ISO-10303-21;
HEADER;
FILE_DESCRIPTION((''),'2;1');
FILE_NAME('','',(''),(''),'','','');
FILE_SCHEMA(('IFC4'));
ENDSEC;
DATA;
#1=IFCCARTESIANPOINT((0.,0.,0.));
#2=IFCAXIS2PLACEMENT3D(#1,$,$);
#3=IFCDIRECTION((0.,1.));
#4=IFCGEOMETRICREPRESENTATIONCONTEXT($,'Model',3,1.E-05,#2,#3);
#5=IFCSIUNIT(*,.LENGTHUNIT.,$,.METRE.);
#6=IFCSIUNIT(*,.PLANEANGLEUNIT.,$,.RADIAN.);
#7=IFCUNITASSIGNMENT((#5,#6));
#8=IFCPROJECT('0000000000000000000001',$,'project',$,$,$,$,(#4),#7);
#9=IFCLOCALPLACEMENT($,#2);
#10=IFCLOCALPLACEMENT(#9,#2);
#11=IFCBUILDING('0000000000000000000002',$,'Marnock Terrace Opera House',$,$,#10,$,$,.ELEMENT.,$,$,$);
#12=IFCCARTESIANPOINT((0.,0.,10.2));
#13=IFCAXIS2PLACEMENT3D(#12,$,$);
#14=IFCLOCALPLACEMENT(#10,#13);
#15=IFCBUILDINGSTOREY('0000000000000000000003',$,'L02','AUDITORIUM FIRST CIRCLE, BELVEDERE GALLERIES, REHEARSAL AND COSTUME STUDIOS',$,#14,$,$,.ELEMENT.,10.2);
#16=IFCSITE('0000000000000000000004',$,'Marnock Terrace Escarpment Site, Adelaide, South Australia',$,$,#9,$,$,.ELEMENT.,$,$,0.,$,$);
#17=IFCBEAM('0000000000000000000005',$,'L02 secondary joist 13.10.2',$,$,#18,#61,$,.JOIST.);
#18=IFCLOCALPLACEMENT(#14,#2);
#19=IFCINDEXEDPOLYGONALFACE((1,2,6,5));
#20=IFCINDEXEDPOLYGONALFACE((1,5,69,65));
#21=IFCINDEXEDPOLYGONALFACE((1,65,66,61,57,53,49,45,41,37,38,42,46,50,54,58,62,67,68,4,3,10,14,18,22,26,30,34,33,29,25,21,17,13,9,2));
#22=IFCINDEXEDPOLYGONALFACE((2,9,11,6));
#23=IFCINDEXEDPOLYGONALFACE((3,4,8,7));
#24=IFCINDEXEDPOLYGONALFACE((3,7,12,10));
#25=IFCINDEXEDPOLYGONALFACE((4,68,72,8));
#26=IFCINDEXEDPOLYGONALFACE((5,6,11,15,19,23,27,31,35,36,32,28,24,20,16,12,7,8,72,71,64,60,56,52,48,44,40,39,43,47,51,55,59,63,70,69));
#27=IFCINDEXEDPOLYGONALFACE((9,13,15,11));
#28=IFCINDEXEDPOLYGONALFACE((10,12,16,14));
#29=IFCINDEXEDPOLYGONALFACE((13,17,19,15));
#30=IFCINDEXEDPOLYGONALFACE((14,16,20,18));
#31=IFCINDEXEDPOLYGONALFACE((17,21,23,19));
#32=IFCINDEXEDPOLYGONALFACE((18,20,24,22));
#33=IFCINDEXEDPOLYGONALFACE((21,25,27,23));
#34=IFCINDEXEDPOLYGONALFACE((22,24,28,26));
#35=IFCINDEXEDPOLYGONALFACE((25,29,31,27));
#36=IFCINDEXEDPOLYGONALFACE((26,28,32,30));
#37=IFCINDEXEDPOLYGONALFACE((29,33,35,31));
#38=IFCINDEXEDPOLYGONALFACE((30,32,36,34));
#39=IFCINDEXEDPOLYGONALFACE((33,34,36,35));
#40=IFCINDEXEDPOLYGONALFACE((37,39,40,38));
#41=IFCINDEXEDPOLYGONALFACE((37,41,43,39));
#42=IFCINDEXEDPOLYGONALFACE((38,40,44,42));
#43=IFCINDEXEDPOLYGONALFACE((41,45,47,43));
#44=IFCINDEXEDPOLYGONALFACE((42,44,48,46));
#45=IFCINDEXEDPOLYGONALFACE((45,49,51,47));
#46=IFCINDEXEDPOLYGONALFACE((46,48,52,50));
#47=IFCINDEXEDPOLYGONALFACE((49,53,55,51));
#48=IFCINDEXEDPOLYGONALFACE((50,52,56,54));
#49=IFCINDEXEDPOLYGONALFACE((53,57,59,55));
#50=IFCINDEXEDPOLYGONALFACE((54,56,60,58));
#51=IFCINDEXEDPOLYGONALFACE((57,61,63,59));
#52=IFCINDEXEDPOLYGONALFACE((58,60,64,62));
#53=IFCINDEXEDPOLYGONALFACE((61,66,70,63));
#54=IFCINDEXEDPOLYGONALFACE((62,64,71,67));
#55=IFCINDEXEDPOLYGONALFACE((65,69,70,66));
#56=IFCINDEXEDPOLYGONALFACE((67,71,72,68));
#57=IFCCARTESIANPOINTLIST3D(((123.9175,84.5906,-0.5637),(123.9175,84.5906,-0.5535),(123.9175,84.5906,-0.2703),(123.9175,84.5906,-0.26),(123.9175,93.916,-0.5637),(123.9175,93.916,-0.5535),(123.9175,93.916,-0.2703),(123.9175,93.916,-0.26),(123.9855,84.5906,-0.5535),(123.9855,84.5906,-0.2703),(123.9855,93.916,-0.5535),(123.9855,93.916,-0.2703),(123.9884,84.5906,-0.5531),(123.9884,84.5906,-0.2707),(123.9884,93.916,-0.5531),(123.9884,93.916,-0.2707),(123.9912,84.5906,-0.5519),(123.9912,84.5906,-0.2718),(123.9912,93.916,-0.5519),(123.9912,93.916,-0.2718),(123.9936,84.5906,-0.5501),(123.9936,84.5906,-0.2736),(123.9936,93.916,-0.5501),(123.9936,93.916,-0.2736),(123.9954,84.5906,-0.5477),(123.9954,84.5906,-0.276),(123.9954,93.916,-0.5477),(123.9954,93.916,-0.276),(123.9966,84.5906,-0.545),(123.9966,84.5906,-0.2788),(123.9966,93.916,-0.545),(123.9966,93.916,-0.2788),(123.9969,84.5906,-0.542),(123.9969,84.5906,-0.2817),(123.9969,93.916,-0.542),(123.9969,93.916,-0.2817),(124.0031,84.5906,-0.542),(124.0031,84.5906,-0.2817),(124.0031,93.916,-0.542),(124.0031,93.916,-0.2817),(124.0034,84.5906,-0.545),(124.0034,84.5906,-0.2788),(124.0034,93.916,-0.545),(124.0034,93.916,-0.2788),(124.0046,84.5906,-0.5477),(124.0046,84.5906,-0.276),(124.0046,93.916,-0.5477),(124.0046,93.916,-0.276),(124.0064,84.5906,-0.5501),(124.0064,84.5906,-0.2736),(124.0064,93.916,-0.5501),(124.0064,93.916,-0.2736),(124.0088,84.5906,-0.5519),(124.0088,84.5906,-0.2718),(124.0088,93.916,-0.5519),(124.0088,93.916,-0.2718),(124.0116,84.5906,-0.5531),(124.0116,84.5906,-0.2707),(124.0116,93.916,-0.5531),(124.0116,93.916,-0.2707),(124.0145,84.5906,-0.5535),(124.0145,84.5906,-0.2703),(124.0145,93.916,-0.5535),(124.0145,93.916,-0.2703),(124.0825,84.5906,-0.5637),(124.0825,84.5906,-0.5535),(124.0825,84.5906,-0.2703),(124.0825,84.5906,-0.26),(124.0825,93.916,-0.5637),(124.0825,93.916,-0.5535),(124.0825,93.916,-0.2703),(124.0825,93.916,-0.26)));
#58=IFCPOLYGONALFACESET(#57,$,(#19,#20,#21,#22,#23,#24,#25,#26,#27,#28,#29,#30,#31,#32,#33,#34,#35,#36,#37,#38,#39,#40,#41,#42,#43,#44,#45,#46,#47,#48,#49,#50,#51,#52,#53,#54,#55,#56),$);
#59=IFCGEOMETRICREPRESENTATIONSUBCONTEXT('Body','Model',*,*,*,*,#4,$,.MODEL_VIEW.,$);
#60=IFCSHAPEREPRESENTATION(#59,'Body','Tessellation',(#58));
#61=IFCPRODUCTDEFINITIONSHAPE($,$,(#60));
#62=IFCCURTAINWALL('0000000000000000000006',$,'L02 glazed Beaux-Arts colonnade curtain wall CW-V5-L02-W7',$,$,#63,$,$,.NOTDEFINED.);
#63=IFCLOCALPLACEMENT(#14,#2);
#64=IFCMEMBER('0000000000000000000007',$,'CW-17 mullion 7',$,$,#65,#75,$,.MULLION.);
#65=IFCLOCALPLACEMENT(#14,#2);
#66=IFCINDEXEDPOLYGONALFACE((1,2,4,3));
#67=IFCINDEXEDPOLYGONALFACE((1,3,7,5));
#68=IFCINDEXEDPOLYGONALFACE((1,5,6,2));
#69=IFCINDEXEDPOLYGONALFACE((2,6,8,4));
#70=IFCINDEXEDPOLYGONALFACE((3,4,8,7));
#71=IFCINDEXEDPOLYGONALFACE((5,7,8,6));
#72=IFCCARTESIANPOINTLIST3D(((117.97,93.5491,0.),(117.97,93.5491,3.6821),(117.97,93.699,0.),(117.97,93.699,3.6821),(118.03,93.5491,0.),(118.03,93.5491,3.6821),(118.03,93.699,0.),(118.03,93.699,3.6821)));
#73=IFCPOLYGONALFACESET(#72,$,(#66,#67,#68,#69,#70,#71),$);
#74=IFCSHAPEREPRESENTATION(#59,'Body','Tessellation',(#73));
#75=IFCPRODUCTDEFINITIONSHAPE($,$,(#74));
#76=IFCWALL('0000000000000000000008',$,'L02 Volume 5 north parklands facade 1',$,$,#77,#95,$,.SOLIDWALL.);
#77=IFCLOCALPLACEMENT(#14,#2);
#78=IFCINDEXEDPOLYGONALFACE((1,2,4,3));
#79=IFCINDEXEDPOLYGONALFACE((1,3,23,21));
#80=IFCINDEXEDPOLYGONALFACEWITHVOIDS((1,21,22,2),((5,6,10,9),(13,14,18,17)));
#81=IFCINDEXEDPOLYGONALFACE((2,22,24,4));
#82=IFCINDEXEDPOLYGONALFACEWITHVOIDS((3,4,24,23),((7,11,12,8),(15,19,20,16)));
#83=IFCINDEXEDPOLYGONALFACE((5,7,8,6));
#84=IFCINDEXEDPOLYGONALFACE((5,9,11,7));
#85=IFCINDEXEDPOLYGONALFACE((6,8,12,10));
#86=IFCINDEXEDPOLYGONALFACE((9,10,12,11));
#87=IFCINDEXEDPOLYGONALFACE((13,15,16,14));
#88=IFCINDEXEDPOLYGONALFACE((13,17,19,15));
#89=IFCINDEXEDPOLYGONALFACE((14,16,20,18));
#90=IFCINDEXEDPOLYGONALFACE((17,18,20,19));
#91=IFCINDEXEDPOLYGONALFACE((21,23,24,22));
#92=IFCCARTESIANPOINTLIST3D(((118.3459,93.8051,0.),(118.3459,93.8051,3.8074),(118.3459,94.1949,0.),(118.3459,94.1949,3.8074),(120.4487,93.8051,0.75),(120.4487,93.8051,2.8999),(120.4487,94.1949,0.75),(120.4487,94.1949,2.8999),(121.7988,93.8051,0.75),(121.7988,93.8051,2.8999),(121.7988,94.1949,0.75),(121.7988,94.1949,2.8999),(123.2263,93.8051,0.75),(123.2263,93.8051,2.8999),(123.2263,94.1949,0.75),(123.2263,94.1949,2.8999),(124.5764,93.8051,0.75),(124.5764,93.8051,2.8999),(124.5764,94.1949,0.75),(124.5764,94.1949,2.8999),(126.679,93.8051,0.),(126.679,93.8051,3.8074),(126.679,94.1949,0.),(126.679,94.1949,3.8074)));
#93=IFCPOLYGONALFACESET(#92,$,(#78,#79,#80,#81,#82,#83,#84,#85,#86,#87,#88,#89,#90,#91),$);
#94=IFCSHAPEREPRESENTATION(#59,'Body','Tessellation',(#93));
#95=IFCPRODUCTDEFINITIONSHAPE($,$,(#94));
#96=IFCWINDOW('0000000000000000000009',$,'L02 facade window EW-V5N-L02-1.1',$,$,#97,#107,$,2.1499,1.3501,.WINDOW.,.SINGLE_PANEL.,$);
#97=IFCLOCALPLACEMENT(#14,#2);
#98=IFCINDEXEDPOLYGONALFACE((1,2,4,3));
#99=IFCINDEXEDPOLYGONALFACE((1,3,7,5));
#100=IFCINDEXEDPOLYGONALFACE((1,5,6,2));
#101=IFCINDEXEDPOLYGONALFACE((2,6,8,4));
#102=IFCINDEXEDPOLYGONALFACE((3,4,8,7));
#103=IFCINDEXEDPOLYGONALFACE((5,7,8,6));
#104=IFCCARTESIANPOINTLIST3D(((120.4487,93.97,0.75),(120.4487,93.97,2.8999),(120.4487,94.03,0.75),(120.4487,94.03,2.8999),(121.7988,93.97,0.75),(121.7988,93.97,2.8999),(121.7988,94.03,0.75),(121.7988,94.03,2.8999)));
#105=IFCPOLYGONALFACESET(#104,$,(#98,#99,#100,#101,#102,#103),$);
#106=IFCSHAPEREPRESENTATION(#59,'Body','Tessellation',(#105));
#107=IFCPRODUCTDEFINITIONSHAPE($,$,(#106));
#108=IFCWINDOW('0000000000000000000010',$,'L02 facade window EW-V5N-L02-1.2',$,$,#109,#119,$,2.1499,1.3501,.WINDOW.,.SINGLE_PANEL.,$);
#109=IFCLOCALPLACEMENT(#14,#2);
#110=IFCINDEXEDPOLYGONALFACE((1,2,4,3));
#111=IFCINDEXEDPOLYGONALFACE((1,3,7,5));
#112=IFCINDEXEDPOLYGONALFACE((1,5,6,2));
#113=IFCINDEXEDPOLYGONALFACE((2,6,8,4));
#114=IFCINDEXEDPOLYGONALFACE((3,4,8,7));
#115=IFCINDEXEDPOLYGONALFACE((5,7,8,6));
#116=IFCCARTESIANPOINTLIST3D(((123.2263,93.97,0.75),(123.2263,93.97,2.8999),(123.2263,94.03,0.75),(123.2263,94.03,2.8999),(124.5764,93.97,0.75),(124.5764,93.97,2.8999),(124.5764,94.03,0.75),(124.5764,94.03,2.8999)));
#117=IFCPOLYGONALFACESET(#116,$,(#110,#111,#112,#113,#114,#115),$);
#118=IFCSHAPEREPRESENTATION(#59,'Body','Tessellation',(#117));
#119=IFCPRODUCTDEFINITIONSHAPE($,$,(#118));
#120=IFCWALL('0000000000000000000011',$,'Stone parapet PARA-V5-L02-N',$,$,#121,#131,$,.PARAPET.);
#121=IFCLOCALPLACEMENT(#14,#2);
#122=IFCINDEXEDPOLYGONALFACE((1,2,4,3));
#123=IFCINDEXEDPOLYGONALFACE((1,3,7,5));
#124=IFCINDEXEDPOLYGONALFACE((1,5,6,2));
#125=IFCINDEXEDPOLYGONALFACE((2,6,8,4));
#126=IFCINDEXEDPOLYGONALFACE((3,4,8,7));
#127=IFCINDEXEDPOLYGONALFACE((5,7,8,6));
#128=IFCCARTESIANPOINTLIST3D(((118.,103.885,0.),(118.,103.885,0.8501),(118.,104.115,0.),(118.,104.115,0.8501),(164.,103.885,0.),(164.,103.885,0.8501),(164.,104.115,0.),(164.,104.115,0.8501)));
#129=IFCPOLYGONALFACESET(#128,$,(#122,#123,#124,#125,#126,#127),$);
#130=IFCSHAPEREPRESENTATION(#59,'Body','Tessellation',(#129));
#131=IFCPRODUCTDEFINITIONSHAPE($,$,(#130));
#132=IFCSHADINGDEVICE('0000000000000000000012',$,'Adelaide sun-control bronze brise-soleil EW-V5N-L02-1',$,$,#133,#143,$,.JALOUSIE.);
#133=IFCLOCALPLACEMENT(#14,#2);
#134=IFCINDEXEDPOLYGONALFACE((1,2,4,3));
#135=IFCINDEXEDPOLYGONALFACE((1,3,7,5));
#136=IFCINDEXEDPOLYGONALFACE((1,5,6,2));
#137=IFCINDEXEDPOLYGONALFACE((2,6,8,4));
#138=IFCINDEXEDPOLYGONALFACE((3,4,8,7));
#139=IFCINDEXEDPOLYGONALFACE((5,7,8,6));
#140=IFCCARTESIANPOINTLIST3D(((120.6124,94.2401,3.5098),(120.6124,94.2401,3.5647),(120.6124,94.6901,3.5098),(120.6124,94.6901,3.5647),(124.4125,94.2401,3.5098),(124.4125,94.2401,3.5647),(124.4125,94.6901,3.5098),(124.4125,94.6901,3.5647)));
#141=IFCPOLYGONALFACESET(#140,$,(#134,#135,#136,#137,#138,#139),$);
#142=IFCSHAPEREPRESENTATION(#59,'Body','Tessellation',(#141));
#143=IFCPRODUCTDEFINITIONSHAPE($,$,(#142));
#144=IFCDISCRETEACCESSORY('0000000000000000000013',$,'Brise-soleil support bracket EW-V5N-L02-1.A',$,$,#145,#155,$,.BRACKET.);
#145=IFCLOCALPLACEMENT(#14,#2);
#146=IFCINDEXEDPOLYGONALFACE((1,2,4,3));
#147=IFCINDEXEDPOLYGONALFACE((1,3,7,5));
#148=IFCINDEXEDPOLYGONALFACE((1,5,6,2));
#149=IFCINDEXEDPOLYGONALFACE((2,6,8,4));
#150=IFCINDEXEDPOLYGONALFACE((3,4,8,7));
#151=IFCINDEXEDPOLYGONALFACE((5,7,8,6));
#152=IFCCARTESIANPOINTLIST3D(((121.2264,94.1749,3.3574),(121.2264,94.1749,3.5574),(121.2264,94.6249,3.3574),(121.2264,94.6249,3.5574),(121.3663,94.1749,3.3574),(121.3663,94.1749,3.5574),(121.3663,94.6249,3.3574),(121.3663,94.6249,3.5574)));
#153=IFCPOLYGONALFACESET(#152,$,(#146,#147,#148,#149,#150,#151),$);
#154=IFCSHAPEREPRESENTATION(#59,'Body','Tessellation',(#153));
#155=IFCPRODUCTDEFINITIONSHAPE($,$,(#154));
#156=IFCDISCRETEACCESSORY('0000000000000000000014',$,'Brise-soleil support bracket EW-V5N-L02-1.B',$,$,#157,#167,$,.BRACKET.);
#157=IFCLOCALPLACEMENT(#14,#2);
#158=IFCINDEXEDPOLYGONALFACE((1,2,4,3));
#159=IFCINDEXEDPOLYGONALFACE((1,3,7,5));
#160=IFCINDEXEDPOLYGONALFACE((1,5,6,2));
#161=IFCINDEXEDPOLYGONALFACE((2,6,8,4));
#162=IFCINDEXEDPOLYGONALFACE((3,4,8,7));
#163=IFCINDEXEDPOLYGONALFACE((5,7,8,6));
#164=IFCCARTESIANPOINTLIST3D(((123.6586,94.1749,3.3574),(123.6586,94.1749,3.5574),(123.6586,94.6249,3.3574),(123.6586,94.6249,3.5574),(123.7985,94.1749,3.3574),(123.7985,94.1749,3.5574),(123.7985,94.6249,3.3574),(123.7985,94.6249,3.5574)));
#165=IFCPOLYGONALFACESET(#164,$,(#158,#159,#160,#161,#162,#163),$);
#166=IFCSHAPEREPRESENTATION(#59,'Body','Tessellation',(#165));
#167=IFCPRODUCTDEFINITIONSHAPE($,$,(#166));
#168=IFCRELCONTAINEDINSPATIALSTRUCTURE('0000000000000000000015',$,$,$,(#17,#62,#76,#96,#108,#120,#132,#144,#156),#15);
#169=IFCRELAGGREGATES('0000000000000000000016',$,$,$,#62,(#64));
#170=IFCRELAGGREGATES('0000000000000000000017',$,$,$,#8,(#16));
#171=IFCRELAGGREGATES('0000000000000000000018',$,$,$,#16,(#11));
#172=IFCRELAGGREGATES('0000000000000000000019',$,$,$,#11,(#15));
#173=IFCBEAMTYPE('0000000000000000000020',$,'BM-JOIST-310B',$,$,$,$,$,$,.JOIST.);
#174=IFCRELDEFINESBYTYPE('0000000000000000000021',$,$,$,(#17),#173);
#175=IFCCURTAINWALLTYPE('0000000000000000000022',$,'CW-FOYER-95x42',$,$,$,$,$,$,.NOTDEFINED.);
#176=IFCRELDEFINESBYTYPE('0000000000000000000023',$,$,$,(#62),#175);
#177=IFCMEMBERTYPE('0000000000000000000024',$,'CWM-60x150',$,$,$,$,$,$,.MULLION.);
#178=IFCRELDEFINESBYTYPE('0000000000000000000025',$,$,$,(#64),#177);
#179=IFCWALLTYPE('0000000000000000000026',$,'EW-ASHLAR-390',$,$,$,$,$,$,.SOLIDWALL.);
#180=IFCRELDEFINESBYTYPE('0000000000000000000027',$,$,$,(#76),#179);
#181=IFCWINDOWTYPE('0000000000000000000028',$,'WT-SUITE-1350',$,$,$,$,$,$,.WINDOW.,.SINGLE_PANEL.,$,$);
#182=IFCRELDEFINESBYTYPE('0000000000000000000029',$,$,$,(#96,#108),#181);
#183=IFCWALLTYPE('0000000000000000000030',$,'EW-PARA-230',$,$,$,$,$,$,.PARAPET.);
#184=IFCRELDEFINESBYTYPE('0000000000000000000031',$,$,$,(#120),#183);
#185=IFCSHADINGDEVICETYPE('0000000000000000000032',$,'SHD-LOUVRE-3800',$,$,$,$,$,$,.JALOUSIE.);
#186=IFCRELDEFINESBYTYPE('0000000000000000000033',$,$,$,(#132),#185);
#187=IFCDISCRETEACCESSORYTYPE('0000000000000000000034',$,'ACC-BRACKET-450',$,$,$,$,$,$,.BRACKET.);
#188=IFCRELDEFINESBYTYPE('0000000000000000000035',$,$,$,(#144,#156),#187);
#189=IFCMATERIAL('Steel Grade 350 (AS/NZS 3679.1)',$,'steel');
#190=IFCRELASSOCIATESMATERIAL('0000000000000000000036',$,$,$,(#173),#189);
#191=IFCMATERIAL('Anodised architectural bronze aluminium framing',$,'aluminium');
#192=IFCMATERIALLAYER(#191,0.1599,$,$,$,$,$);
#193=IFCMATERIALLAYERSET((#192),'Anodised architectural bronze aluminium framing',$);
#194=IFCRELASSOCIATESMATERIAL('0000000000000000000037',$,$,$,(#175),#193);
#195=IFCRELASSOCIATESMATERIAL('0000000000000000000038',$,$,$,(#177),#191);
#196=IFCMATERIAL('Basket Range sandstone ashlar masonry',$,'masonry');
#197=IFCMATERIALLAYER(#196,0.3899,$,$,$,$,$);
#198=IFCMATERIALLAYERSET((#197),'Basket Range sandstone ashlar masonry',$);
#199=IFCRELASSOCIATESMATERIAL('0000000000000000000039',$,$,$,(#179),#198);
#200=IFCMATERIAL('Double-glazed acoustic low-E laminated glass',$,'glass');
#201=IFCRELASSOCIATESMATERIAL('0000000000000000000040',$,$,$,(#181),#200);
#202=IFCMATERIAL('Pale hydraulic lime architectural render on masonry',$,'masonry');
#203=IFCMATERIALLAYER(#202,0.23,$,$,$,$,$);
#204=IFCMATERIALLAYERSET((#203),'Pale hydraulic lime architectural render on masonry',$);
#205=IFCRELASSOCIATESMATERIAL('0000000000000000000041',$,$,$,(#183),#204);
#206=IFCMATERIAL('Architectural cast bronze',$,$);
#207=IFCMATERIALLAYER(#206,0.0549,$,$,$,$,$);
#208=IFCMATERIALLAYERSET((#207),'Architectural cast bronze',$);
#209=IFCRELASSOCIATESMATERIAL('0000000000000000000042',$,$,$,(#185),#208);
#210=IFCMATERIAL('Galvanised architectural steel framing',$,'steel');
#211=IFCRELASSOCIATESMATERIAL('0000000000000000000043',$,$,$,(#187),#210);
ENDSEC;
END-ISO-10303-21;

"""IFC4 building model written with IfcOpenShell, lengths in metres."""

from ifc_helpers import new_model, si_unit, direction, frame, frame_2d, origin, origin_2d, place, context, subcontext, project, spatial, rectangle, i_section, extrude, material, layer, layer_set, material_profile, profile_set, type_object, element, fill, aggregate, save


model = new_model("IFC4")

# Units and contexts
model_context = context("Model", 3, precision=1e-05, world=origin(), true_north=direction((0.0, 1.0)))
body_context = subcontext(model_context, "Body", "Model", "MODEL_VIEW")
ifc_project = project(units=[si_unit("LENGTHUNIT", "METRE"), si_unit("PLANEANGLEUNIT", "RADIAN")], contexts=[model_context])

# Site, building, storey
site_placement = place(None, origin())
site = spatial("IfcSite", under=ifc_project, at=site_placement, Name="Marnock Terrace Escarpment Site, Adelaide, South Australia", CompositionType="ELEMENT", RefElevation=0.0)
building_placement = place(site_placement, origin())
building = spatial("IfcBuilding", under=site, at=building_placement, Name="Marnock Terrace Opera House", CompositionType="ELEMENT")
storey_placement = place(building_placement, frame((0.0, 0.0, 10.2)))
storey = spatial("IfcBuildingStorey", under=building, at=storey_placement, Name="L02", Description="AUDITORIUM FIRST CIRCLE, BELVEDERE GALLERIES, REHEARSAL AND COSTUME STUDIOS", CompositionType="ELEMENT", Elevation=10.2)

# Beam
ifc_material_1 = material(Name="Steel Grade 350 (AS/NZS 3679.1)", Category="steel")
ifc_material_profile_1 = material_profile(ifc_material_1, i_section(OverallWidth=0.165, OverallDepth=0.3037, WebThickness=0.0061, FlangeThickness=0.0103, FilletRadius=0.0115, at=origin_2d()))
ifc_profile_set_1 = profile_set([ifc_material_profile_1], Name="Steel Grade 350 (AS/NZS 3679.1)")
beam_type_1 = type_object("IfcBeamType", Name="BM-JOIST-310B", PredefinedType="JOIST", material=ifc_profile_set_1)
for number, where, z_axis, x_axis, name in (
    (1, (124.0, 84.5906, -0.4119), (0.0, 1.0, 0.0), (-1.0, 0.0, 0.0), "L02 secondary joist 13.10.2"),
):
    element("IfcBeam", number, at=place(storey_placement, frame(where, z_axis=z_axis, x_axis=x_axis)), inside=storey, type_object=beam_type_1, Name=name, PredefinedType="JOIST", context=body_context, shape_type="SweptSolid", body=[
        extrude(i_section(OverallWidth=0.165, OverallDepth=0.3037, WebThickness=0.0061, FlangeThickness=0.0103, FilletRadius=0.0115, at=origin_2d()), origin(), (0.0, 0.0, 1.0), 9.3254),
    ])

# Curtain wall, member
ifc_material_2 = material(Name="Anodised architectural bronze aluminium framing", Category="aluminium")
ifc_layer_1 = layer(ifc_material_2, 0.1599)
ifc_layer_set_1 = layer_set([ifc_layer_1], Name="Anodised architectural bronze aluminium framing")
curtain_wall_type = type_object("IfcCurtainWallType", Name="CW-FOYER-95x42", PredefinedType="NOTDEFINED", material=ifc_layer_set_1)
curtain_wall_placement = place(storey_placement, origin())
curtain_wall = element("IfcCurtainWall", 2, at=curtain_wall_placement, inside=storey, type_object=curtain_wall_type, Name="L02 glazed Beaux-Arts colonnade curtain wall CW-V5-L02-W7", PredefinedType="NOTDEFINED")
ifc_material_profile_2 = material_profile(ifc_material_2, rectangle(XDim=0.0601, YDim=0.1499, at=origin_2d()))
ifc_profile_set_2 = profile_set([ifc_material_profile_2], Name="Anodised architectural bronze aluminium framing")
member_type = type_object("IfcMemberType", Name="CWM-60x150", PredefinedType="MULLION", material=ifc_profile_set_2)
member_placement = place(storey_placement, frame((118.0, 93.624, 0.0), z_axis=(0.0, 0.0, 1.0), x_axis=(-1.0, 0.0, 0.0)))
member = element("IfcMember", 3, at=member_placement, type_object=member_type, Name="CW-17 mullion 7", PredefinedType="MULLION", context=body_context, shape_type="SweptSolid", body=[
    extrude(rectangle(XDim=0.0601, YDim=0.1499, at=origin_2d()), origin(), (0.0, 0.0, 1.0), 3.6821),
])
aggregate(curtain_wall, [member])

# Wall, openings, windows
ifc_material_3 = material(Name="Basket Range sandstone ashlar masonry", Category="masonry")
ifc_layer_2 = layer(ifc_material_3, 0.3899)
ifc_layer_set_2 = layer_set([ifc_layer_2], Name="Basket Range sandstone ashlar masonry")
wall_type_1 = type_object("IfcWallType", Name="EW-ASHLAR-390", PredefinedType="SOLIDWALL", material=ifc_layer_set_2)
wall_1_placement = place(storey_placement, frame((118.3459, 94.0, 0.0), z_axis=(0.0, 0.0, 1.0), x_axis=(1.0, 0.0, 0.0)))
wall_1 = element("IfcWall", 4, at=wall_1_placement, inside=storey, type_object=wall_type_1, Name="L02 Volume 5 north parklands facade 1", PredefinedType="SOLIDWALL", context=body_context, shape_type="SweptSolid", body=[
    extrude(rectangle(XDim=8.333, YDim=0.3899, at=frame_2d((4.1665, 0.0))), origin(), (0.0, 0.0, 1.0), 3.8074),
])
opening_1_placement = place(wall_1_placement, frame((2.1028, 0.0, 0.75)))
opening_1 = element("IfcOpeningElement", 5, at=opening_1_placement, cuts=wall_1, PredefinedType="OPENING", context=body_context, shape_type="SweptSolid", body=[
    extrude(rectangle(XDim=1.3501, YDim=2.1499, at=frame_2d((0.675, 1.075))), frame((0.0, 0.2048, 0.0), z_axis=(0.0, -1.0, 0.0), x_axis=(1.0, 0.0, 0.0)), (0.0, 0.0, 1.0), 0.4099),
])
opening_2_placement = place(wall_1_placement, frame((4.8804, 0.0, 0.75)))
opening_2 = element("IfcOpeningElement", 6, at=opening_2_placement, cuts=wall_1, PredefinedType="OPENING", context=body_context, shape_type="SweptSolid", body=[
    extrude(rectangle(XDim=1.3501, YDim=2.1499, at=frame_2d((0.675, 1.075))), frame((0.0, 0.2048, 0.0), z_axis=(0.0, -1.0, 0.0), x_axis=(1.0, 0.0, 0.0)), (0.0, 0.0, 1.0), 0.4099),
])
ifc_material_4 = material(Name="Double-glazed acoustic low-E laminated glass", Category="glass")
window_type = type_object("IfcWindowType", Name="WT-SUITE-1350", PartitioningType="SINGLE_PANEL", PredefinedType="WINDOW", material=ifc_material_4)
window_1_placement = place(opening_1_placement, origin())
window_1 = element("IfcWindow", 7, at=window_1_placement, inside=storey, type_object=window_type, Name="L02 facade window EW-V5N-L02-1.1", OverallHeight=2.1499, OverallWidth=1.3501, PartitioningType="SINGLE_PANEL", PredefinedType="WINDOW", context=body_context, shape_type="SweptSolid", body=[
    extrude(rectangle(XDim=1.3501, YDim=2.1499, at=frame_2d((0.675, 1.075))), frame((0.0, 0.03, 0.0), z_axis=(0.0, -1.0, 0.0), x_axis=(1.0, 0.0, 0.0)), (0.0, 0.0, 1.0), 0.0601),
])
fill(opening_1, window_1)
window_2_placement = place(opening_2_placement, origin())
window_2 = element("IfcWindow", 8, at=window_2_placement, inside=storey, type_object=window_type, Name="L02 facade window EW-V5N-L02-1.2", OverallHeight=2.1499, OverallWidth=1.3501, PartitioningType="SINGLE_PANEL", PredefinedType="WINDOW", context=body_context, shape_type="SweptSolid", body=[
    extrude(rectangle(XDim=1.3501, YDim=2.1499, at=frame_2d((0.675, 1.075))), frame((0.0, 0.03, 0.0), z_axis=(0.0, -1.0, 0.0), x_axis=(1.0, 0.0, 0.0)), (0.0, 0.0, 1.0), 0.0601),
])
fill(opening_2, window_2)

# Wall
ifc_material_5 = material(Name="Pale hydraulic lime architectural render on masonry", Category="masonry")
ifc_layer_3 = layer(ifc_material_5, 0.23)
ifc_layer_set_3 = layer_set([ifc_layer_3], Name="Pale hydraulic lime architectural render on masonry")
wall_type_2 = type_object("IfcWallType", Name="EW-PARA-230", PredefinedType="PARAPET", material=ifc_layer_set_3)
wall_2_placement = place(storey_placement, frame((118.0, 104.0, 0.0), z_axis=(0.0, 0.0, 1.0), x_axis=(1.0, 0.0, 0.0)))
element("IfcWall", 9, at=wall_2_placement, inside=storey, type_object=wall_type_2, Name="Stone parapet PARA-V5-L02-N", PredefinedType="PARAPET", context=body_context, shape_type="SweptSolid", body=[
    extrude(rectangle(XDim=46.0, YDim=0.23, at=frame_2d((23.0, 0.0))), origin(), (0.0, 0.0, 1.0), 0.8501),
])

# Shading device
ifc_material_6 = material(Name="Architectural cast bronze")
ifc_layer_4 = layer(ifc_material_6, 0.0549)
ifc_layer_set_4 = layer_set([ifc_layer_4], Name="Architectural cast bronze")
shading_device_type = type_object("IfcShadingDeviceType", Name="SHD-LOUVRE-3800", PredefinedType="JALOUSIE", material=ifc_layer_set_4)
shading_device_placement = place(storey_placement, frame((122.5125, 94.4651, 3.5098), z_axis=(0.0, 0.0, 1.0), x_axis=(1.0, 0.0, 0.0)))
element("IfcShadingDevice", 10, at=shading_device_placement, inside=storey, type_object=shading_device_type, Name="Adelaide sun-control bronze brise-soleil EW-V5N-L02-1", PredefinedType="JALOUSIE", context=body_context, shape_type="SweptSolid", body=[
    extrude(rectangle(XDim=3.8, YDim=0.45, at=origin_2d()), origin(), (0.0, 0.0, 1.0), 0.0549),
])

# Discrete accessories
ifc_material_7 = material(Name="Galvanised architectural steel framing", Category="steel")
discrete_accessory_type = type_object("IfcDiscreteAccessoryType", Name="ACC-BRACKET-450", PredefinedType="BRACKET", material=ifc_material_7)
for number, where, z_axis, x_axis, name in (
    (11, (121.2964, 94.3999, 3.3574), (0.0, 0.0, 1.0), (1.0, 0.0, 0.0), "Brise-soleil support bracket EW-V5N-L02-1.A"),
    (12, (123.7285, 94.3999, 3.3574), (0.0, 0.0, 1.0), (1.0, 0.0, 0.0), "Brise-soleil support bracket EW-V5N-L02-1.B"),
):
    element("IfcDiscreteAccessory", number, at=place(storey_placement, frame(where, z_axis=z_axis, x_axis=x_axis)), inside=storey, type_object=discrete_accessory_type, Name=name, PredefinedType="BRACKET", context=body_context, shape_type="SweptSolid", body=[
        extrude(rectangle(XDim=0.1399, YDim=0.45, at=origin_2d()), origin(), (0.0, 0.0, 1.0), 0.2),
    ])

save(model, "model.ifc")
